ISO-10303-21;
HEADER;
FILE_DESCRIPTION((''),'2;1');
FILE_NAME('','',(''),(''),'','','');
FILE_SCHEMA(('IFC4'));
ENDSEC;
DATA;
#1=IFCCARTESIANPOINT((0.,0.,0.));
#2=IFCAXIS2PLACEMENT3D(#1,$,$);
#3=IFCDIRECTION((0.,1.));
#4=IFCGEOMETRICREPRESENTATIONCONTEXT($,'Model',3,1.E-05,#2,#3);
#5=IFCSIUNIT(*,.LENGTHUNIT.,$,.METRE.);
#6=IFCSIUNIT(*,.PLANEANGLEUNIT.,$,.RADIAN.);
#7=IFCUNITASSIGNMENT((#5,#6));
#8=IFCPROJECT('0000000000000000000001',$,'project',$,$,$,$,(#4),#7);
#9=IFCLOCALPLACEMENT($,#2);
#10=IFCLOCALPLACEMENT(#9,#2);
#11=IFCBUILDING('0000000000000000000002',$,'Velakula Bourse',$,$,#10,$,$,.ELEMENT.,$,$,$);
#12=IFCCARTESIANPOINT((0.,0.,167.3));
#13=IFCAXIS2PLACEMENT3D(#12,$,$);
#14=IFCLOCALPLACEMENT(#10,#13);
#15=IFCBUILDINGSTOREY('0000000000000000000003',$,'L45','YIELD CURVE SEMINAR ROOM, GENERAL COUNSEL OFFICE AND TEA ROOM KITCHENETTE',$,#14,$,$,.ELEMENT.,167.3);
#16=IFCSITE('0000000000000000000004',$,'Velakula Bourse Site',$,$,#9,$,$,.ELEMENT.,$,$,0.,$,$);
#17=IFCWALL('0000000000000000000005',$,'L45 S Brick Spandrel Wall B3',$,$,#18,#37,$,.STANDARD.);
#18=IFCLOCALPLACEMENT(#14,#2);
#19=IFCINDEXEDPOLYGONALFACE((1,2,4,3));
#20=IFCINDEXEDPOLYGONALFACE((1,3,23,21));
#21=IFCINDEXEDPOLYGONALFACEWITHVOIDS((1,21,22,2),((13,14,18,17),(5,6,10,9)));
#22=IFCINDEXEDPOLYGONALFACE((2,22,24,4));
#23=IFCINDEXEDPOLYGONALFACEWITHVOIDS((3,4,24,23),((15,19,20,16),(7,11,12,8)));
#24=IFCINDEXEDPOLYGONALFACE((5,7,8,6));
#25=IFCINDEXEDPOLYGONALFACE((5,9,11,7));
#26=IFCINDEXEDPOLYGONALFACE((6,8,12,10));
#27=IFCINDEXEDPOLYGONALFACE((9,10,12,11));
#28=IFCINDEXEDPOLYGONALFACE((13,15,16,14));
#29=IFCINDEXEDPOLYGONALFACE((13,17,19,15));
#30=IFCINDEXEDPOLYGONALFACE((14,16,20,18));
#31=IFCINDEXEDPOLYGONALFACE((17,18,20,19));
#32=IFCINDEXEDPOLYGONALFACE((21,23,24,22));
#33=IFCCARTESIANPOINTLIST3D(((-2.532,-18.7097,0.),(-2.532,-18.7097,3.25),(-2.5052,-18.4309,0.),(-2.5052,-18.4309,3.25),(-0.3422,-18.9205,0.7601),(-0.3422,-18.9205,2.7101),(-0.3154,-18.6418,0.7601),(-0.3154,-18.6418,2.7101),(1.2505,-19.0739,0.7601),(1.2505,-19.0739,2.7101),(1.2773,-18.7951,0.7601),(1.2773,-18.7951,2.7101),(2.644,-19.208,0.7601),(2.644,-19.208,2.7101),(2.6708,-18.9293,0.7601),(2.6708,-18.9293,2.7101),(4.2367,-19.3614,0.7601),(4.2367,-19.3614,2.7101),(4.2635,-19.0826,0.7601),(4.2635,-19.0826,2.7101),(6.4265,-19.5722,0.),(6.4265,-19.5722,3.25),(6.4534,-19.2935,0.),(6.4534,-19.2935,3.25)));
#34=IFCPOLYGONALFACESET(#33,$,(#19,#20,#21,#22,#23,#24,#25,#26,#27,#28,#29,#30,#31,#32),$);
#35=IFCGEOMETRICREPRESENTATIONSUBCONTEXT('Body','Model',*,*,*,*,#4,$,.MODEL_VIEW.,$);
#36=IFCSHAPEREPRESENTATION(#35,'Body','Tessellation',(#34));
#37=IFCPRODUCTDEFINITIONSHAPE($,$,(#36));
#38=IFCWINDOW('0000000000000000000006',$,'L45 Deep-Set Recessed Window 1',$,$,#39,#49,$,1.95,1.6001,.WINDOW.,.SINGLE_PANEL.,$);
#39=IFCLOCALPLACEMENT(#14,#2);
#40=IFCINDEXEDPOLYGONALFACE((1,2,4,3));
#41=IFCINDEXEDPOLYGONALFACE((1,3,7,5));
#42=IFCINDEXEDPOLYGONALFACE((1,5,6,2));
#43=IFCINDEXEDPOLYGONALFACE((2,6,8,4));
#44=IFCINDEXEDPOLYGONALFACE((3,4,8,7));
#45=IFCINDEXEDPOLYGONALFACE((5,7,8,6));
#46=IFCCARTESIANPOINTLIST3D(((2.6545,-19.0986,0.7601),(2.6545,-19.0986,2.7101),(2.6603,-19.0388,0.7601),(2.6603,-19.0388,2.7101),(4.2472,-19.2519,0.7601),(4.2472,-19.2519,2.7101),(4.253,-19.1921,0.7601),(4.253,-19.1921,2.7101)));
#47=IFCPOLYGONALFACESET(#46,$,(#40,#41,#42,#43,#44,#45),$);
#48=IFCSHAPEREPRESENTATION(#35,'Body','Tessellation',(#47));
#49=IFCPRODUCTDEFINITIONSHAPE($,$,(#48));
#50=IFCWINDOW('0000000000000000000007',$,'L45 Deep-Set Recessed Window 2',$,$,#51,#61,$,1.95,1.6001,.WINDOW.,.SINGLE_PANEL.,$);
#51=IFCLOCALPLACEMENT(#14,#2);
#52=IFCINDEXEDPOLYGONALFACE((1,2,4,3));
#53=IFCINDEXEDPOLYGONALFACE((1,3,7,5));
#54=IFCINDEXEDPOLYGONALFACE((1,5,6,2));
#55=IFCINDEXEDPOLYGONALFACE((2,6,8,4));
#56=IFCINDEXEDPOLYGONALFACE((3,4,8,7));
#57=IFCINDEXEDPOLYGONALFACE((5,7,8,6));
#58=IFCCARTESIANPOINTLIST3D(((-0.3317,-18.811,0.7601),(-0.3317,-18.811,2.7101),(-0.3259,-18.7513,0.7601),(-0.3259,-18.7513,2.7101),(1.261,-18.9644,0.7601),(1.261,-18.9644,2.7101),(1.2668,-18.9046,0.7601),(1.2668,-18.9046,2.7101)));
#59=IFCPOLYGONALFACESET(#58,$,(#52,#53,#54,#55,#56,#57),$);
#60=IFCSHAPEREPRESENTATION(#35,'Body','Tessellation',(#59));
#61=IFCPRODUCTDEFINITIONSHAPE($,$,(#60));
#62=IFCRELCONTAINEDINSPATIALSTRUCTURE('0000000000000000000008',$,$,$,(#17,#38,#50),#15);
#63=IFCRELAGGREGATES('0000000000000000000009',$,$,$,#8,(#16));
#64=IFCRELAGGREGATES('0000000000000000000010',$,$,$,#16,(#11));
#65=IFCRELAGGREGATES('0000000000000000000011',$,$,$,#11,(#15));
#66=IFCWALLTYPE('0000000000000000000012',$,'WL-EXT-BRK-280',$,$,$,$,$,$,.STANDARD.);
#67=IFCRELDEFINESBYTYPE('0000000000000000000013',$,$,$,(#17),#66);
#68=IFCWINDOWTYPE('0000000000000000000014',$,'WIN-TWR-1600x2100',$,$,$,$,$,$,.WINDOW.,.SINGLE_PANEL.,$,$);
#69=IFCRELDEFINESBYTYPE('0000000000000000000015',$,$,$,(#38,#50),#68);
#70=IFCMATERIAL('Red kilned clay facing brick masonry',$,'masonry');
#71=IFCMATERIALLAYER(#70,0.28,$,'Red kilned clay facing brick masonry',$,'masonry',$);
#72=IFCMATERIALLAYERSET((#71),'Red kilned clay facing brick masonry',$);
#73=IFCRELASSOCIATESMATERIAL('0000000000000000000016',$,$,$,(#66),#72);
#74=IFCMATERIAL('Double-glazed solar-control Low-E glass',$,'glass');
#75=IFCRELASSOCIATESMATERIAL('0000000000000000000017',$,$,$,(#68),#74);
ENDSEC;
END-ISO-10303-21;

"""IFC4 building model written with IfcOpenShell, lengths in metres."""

from ifc_helpers import new_model, si_unit, direction, frame, frame_2d, origin, place, context, subcontext, project, spatial, rectangle, extrude, material, layer, layer_set, type_object, element, fill, save


model = new_model("IFC4")

# Units and contexts
model_context = context("Model", 3, precision=1e-05, world=origin(), true_north=direction((0.0, 1.0)))
body_context = subcontext(model_context, "Body", "Model", "MODEL_VIEW")
ifc_project = project(units=[si_unit("LENGTHUNIT", "METRE"), si_unit("PLANEANGLEUNIT", "RADIAN")], contexts=[model_context])

# Site, building, storey
site_placement = place(None, origin())
site = spatial("IfcSite", under=ifc_project, at=site_placement, Name="Velakula Bourse Site", CompositionType="ELEMENT", RefElevation=0.0)
building_placement = place(site_placement, origin())
building = spatial("IfcBuilding", under=site, at=building_placement, Name="Velakula Bourse", CompositionType="ELEMENT")
storey_placement = place(building_placement, frame((0.0, 0.0, 167.3)))
storey = spatial("IfcBuildingStorey", under=building, at=storey_placement, Name="L45", Description="YIELD CURVE SEMINAR ROOM, GENERAL COUNSEL OFFICE AND TEA ROOM KITCHENETTE", CompositionType="ELEMENT", Elevation=167.3)

# Wall, openings, windows
ifc_material_1 = material(Name="Red kilned clay facing brick masonry", Category="masonry")
ifc_layer_1 = layer(ifc_material_1, 0.28, Name="Red kilned clay facing brick masonry", Category="masonry")
ifc_layer_set_1 = layer_set([ifc_layer_1], Name="Red kilned clay facing brick masonry")
wall_type_1 = type_object("IfcWallType", Name="WL-EXT-BRK-280", PredefinedType="STANDARD", material=ifc_layer_set_1)
ifc_material_2 = material(Name="Double-glazed solar-control Low-E glass", Category="glass")
window_type = type_object("IfcWindowType", Name="WIN-TWR-1600x2100", PartitioningType="SINGLE_PANEL", PredefinedType="WINDOW", material=ifc_material_2)
wall_1_placement = place(storey_placement, frame((6.4399, -19.4329, 0.0), z_axis=(0.0, 0.0, 1.0), x_axis=(-0.995397, 0.09584, 0.0)))
wall_1 = element("IfcWall", 1, at=wall_1_placement, inside=storey, type_object=wall_type_1, Name="L45 S Brick Spandrel Wall B3", PredefinedType="STANDARD", context=body_context, shape_type="SweptSolid", body=[
    extrude(rectangle(XDim=9.0, YDim=0.28, at=frame_2d((4.5, 0.0))), origin(), (0.0, 0.0, 1.0), 3.25),
])
opening_1_placement = place(wall_1_placement, frame((2.2, 0.0, 0.76)))
opening_1 = element("IfcOpeningElement", 2, at=opening_1_placement, cuts=wall_1, PredefinedType="OPENING", context=body_context, shape_type="SweptSolid", body=[
    extrude(rectangle(XDim=1.6001, YDim=1.95, at=frame_2d((0.8, 0.9751))), frame((0.0, 0.1499, 0.0), z_axis=(0.0, -1.0, 0.0), x_axis=(1.0, 0.0, 0.0)), (0.0, 0.0, 1.0), 0.3),
])
opening_2_placement = place(wall_1_placement, frame((5.2, 0.0, 0.76)))
opening_2 = element("IfcOpeningElement", 3, at=opening_2_placement, cuts=wall_1, PredefinedType="OPENING", context=body_context, shape_type="SweptSolid", body=[
    extrude(rectangle(XDim=1.6001, YDim=1.95, at=frame_2d((0.8, 0.9751))), frame((0.0, 0.1499, 0.0), z_axis=(0.0, -1.0, 0.0), x_axis=(1.0, 0.0, 0.0)), (0.0, 0.0, 1.0), 0.3),
])
window_1_placement = place(opening_1_placement, origin())
window_1 = element("IfcWindow", 4, at=window_1_placement, inside=storey, type_object=window_type, Name="L45 Deep-Set Recessed Window 1", OverallHeight=1.95, OverallWidth=1.6001, PartitioningType="SINGLE_PANEL", PredefinedType="WINDOW", context=body_context, shape_type="SweptSolid", body=[
    extrude(rectangle(XDim=1.6001, YDim=1.95, at=frame_2d((0.8, 0.9751))), frame((0.0, 0.03, 0.0), z_axis=(0.0, -1.0, 0.0), x_axis=(1.0, 0.0, 0.0)), (0.0, 0.0, 1.0), 0.0601),
])
fill(opening_1, window_1)
window_2_placement = place(opening_2_placement, origin())
window_2 = element("IfcWindow", 5, at=window_2_placement, inside=storey, type_object=window_type, Name="L45 Deep-Set Recessed Window 2", OverallHeight=1.95, OverallWidth=1.6001, PartitioningType="SINGLE_PANEL", PredefinedType="WINDOW", context=body_context, shape_type="SweptSolid", body=[
    extrude(rectangle(XDim=1.6001, YDim=1.95, at=frame_2d((0.8, 0.9751))), frame((0.0, 0.03, 0.0), z_axis=(0.0, -1.0, 0.0), x_axis=(1.0, 0.0, 0.0)), (0.0, 0.0, 1.0), 0.0601),
])
fill(opening_2, window_2)

save(model, "model.ifc")
